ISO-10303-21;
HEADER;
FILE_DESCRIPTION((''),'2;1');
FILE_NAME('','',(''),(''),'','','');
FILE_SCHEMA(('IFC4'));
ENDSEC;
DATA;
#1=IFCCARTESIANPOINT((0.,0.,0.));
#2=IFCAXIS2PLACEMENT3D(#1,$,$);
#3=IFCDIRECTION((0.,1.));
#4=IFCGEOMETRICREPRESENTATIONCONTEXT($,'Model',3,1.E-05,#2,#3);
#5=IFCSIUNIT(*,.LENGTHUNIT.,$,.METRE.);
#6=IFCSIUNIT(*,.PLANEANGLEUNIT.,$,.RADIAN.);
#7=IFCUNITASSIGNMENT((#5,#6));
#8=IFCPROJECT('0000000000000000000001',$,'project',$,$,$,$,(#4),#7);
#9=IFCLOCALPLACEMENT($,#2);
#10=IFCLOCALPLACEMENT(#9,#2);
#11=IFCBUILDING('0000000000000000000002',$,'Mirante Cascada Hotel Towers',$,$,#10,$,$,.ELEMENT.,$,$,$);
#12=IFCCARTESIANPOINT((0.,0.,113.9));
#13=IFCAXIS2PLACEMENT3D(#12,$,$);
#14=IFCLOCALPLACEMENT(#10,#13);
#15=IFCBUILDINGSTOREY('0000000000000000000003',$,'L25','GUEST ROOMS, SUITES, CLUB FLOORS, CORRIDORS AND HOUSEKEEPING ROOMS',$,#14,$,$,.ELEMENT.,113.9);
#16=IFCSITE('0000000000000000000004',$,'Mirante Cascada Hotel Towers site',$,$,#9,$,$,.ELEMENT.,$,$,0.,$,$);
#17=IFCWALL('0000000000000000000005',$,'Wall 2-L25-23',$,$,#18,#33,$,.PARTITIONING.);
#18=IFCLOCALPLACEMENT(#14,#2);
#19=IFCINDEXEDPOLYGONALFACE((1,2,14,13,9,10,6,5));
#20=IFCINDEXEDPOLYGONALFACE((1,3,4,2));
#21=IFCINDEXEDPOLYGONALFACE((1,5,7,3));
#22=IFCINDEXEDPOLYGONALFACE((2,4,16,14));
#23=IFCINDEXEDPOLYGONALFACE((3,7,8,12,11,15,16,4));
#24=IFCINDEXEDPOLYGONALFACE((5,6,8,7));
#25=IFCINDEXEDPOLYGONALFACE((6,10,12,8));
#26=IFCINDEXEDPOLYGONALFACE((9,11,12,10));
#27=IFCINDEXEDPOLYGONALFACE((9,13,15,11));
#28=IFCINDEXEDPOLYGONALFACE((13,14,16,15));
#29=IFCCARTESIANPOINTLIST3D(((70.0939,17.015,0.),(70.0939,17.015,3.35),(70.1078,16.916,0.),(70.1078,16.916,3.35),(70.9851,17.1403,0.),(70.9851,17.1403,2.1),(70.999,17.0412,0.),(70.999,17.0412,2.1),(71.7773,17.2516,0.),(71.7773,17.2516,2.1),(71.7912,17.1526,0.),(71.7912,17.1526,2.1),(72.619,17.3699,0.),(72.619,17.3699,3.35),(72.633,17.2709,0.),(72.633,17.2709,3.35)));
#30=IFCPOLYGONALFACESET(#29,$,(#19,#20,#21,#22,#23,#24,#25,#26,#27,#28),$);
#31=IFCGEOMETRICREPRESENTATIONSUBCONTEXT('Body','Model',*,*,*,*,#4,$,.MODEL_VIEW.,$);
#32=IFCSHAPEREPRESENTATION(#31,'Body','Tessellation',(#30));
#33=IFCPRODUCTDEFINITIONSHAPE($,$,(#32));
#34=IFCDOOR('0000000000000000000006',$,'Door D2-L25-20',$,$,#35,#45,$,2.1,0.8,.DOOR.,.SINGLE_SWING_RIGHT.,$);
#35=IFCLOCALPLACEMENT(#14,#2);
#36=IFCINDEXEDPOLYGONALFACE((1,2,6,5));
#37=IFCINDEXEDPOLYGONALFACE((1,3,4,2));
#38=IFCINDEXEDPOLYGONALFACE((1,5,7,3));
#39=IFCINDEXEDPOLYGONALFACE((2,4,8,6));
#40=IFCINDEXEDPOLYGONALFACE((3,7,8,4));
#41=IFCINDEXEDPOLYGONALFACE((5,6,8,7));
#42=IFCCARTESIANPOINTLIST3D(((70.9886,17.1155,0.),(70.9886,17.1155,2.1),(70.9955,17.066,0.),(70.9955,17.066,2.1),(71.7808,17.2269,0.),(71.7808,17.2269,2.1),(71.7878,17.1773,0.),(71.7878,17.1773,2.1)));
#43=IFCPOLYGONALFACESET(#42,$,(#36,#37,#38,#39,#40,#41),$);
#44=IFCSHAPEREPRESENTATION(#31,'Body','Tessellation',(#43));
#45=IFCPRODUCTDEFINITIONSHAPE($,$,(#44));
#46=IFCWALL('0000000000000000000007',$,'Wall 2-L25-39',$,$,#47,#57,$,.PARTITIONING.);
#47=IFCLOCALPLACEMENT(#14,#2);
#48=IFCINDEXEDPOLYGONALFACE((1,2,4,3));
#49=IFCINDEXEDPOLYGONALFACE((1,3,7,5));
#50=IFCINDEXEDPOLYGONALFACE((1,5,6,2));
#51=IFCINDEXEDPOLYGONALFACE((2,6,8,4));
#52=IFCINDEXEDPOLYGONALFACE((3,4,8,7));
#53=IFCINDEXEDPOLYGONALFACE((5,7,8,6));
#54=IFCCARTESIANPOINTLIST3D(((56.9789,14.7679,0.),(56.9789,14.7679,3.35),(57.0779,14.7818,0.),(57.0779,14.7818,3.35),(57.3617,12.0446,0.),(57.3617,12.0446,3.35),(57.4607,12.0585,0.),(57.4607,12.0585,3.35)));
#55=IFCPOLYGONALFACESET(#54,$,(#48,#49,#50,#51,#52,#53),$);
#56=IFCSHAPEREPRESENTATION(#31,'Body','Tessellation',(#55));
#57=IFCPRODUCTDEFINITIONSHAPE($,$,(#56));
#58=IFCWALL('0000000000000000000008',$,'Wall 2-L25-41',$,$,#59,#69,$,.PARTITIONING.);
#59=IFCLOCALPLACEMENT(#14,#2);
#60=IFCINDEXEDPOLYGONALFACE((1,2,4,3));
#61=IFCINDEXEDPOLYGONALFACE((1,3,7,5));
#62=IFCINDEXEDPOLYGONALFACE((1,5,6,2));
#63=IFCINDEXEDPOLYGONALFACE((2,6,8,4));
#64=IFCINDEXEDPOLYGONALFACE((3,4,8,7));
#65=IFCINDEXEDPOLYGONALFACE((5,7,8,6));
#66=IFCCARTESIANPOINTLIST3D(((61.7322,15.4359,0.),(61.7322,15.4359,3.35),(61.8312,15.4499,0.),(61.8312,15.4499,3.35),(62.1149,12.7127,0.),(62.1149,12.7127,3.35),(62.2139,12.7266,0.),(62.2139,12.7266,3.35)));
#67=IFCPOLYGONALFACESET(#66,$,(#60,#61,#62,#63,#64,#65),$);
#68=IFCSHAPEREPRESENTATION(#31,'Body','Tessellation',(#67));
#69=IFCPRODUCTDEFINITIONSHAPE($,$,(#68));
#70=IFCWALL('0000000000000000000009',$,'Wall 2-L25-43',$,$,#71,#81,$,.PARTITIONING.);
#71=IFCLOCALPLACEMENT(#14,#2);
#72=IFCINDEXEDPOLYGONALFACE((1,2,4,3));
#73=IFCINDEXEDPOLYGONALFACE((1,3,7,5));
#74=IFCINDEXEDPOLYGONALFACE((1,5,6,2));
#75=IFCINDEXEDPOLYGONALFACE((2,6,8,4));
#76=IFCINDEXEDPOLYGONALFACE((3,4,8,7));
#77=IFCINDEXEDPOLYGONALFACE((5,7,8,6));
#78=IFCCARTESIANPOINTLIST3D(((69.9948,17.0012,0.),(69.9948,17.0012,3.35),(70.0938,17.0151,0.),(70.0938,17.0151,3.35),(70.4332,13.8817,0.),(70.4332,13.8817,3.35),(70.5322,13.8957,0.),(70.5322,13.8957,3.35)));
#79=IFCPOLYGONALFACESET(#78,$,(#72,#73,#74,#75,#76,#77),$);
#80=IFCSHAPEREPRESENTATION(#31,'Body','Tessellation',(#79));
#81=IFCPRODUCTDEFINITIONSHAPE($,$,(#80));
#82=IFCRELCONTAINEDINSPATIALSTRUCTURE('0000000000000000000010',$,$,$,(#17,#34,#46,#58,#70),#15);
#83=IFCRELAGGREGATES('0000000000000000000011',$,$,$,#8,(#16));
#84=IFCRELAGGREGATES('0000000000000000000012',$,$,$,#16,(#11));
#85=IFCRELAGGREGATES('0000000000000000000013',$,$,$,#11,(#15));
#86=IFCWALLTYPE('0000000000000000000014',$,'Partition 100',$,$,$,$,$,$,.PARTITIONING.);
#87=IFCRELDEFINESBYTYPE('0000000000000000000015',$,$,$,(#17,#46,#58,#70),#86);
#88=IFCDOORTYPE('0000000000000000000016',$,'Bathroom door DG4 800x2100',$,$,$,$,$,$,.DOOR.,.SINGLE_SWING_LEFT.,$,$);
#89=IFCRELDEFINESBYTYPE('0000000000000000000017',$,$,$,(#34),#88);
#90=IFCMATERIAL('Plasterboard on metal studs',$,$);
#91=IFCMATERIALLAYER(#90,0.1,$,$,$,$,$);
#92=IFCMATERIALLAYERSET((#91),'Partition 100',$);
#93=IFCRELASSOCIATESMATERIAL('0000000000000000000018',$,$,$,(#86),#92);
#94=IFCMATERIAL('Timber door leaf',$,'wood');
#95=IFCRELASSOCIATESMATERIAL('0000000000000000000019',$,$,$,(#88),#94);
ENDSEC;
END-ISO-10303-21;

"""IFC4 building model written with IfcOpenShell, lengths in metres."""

from ifc_helpers import new_model, si_unit, direction, frame, frame_2d, origin, place, context, subcontext, project, spatial, rectangle, extrude, material, layer, layer_set, type_object, element, fill, save


model = new_model("IFC4")

# Units and contexts
model_context = context("Model", 3, precision=1e-05, world=origin(), true_north=direction((0.0, 1.0)))
body_context = subcontext(model_context, "Body", "Model", "MODEL_VIEW")
ifc_project = project(units=[si_unit("LENGTHUNIT", "METRE"), si_unit("PLANEANGLEUNIT", "RADIAN")], contexts=[model_context])

# Site, building, storey
site_placement = place(None, origin())
site = spatial("IfcSite", under=ifc_project, at=site_placement, Name="Mirante Cascada Hotel Towers site", CompositionType="ELEMENT", RefElevation=0.0)
building_placement = place(site_placement, origin())
building = spatial("IfcBuilding", under=site, at=building_placement, Name="Mirante Cascada Hotel Towers", CompositionType="ELEMENT")
storey_placement = place(building_placement, frame((0.0, 0.0, 113.9)))
storey = spatial("IfcBuildingStorey", under=building, at=storey_placement, Name="L25", Description="GUEST ROOMS, SUITES, CLUB FLOORS, CORRIDORS AND HOUSEKEEPING ROOMS", CompositionType="ELEMENT", Elevation=113.9)

# Shared definitions
ifc_material_1 = material(Name="Plasterboard on metal studs")
ifc_layer_1 = layer(ifc_material_1, 0.1)
ifc_layer_set_1 = layer_set([ifc_layer_1], Name="Partition 100")
wall_type = type_object("IfcWallType", Name="Partition 100", PredefinedType="PARTITIONING", material=ifc_layer_set_1)
ifc_material_2 = material(Name="Timber door leaf", Category="wood")
door_type = type_object("IfcDoorType", Name="Bathroom door DG4 800x2100", OperationType="SINGLE_SWING_LEFT", PredefinedType="DOOR", material=ifc_material_2)

# Wall, opening, door
wall_1_placement = place(storey_placement, frame((72.626, 17.3204, 0.0), z_axis=(0.0, 0.0, 1.0), x_axis=(-0.990268, -0.139176, 0.0)))
wall_1 = element("IfcWall", 1, at=wall_1_placement, inside=storey, type_object=wall_type, Name="Wall 2-L25-23", PredefinedType="PARTITIONING", context=body_context, shape_type="SweptSolid", body=[
    extrude(rectangle(XDim=2.55, YDim=0.1, at=frame_2d((1.275, 0.0))), origin(), (0.0, 0.0, 1.0), 3.35),
])
opening_1_placement = place(wall_1_placement, frame((0.85, 0.0, 0.0)))
opening_1 = element("IfcOpeningElement", 2, at=opening_1_placement, cuts=wall_1, PredefinedType="OPENING", context=body_context, shape_type="SweptSolid", body=[
    extrude(rectangle(XDim=0.8, YDim=2.1, at=frame_2d((0.4, 1.05))), frame((0.0, 0.05, 0.0), z_axis=(0.0, -1.0, 0.0), x_axis=(1.0, 0.0, 0.0)), (0.0, 0.0, 1.0), 0.1),
])
door_1_placement = place(opening_1_placement, frame((0.8, 0.0, 0.0), z_axis=(0.0, 0.0, 1.0), x_axis=(-1.0, 0.0, 0.0)))
door_1 = element("IfcDoor", 3, at=door_1_placement, inside=storey, type_object=door_type, Name="Door D2-L25-20", OperationType="SINGLE_SWING_RIGHT", OverallHeight=2.1, OverallWidth=0.8, PredefinedType="DOOR", context=body_context, shape_type="SweptSolid", body=[
    extrude(rectangle(XDim=0.8, YDim=2.1, at=frame_2d((0.4, 1.05))), frame((0.0, 0.025, 0.0), z_axis=(0.0, -1.0, 0.0), x_axis=(1.0, 0.0, 0.0)), (0.0, 0.0, 1.0), 0.05),
])
fill(opening_1, door_1)

# Walls
wall_2_placement = place(storey_placement, frame((57.0284, 14.7749, 0.0), z_axis=(0.0, 0.0, 1.0), x_axis=(0.139196, -0.990265, 0.0)))
element("IfcWall", 4, at=wall_2_placement, inside=storey, type_object=wall_type, Name="Wall 2-L25-39", PredefinedType="PARTITIONING", context=body_context, shape_type="SweptSolid", body=[
    extrude(rectangle(XDim=2.7501, YDim=0.1, at=frame_2d((1.3751, 0.0))), origin(), (0.0, 0.0, 1.0), 3.35),
])
wall_3_placement = place(storey_placement, frame((61.7817, 15.4429, 0.0), z_axis=(0.0, 0.0, 1.0), x_axis=(0.139166, -0.990269, 0.0)))
element("IfcWall", 5, at=wall_3_placement, inside=storey, type_object=wall_type, Name="Wall 2-L25-41", PredefinedType="PARTITIONING", context=body_context, shape_type="SweptSolid", body=[
    extrude(rectangle(XDim=2.75, YDim=0.1, at=frame_2d((1.375, 0.0))), origin(), (0.0, 0.0, 1.0), 3.35),
])
wall_4_placement = place(storey_placement, frame((70.0443, 17.0081, 0.0), z_axis=(0.0, 0.0, 1.0), x_axis=(0.139172, -0.990268, 0.0)))
element("IfcWall", 6, at=wall_4_placement, inside=storey, type_object=wall_type, Name="Wall 2-L25-43", PredefinedType="PARTITIONING", context=body_context, shape_type="SweptSolid", body=[
    extrude(rectangle(XDim=3.1501, YDim=0.1, at=frame_2d((1.575, 0.0))), origin(), (0.0, 0.0, 1.0), 3.35),
])

save(model, "model.ifc")
